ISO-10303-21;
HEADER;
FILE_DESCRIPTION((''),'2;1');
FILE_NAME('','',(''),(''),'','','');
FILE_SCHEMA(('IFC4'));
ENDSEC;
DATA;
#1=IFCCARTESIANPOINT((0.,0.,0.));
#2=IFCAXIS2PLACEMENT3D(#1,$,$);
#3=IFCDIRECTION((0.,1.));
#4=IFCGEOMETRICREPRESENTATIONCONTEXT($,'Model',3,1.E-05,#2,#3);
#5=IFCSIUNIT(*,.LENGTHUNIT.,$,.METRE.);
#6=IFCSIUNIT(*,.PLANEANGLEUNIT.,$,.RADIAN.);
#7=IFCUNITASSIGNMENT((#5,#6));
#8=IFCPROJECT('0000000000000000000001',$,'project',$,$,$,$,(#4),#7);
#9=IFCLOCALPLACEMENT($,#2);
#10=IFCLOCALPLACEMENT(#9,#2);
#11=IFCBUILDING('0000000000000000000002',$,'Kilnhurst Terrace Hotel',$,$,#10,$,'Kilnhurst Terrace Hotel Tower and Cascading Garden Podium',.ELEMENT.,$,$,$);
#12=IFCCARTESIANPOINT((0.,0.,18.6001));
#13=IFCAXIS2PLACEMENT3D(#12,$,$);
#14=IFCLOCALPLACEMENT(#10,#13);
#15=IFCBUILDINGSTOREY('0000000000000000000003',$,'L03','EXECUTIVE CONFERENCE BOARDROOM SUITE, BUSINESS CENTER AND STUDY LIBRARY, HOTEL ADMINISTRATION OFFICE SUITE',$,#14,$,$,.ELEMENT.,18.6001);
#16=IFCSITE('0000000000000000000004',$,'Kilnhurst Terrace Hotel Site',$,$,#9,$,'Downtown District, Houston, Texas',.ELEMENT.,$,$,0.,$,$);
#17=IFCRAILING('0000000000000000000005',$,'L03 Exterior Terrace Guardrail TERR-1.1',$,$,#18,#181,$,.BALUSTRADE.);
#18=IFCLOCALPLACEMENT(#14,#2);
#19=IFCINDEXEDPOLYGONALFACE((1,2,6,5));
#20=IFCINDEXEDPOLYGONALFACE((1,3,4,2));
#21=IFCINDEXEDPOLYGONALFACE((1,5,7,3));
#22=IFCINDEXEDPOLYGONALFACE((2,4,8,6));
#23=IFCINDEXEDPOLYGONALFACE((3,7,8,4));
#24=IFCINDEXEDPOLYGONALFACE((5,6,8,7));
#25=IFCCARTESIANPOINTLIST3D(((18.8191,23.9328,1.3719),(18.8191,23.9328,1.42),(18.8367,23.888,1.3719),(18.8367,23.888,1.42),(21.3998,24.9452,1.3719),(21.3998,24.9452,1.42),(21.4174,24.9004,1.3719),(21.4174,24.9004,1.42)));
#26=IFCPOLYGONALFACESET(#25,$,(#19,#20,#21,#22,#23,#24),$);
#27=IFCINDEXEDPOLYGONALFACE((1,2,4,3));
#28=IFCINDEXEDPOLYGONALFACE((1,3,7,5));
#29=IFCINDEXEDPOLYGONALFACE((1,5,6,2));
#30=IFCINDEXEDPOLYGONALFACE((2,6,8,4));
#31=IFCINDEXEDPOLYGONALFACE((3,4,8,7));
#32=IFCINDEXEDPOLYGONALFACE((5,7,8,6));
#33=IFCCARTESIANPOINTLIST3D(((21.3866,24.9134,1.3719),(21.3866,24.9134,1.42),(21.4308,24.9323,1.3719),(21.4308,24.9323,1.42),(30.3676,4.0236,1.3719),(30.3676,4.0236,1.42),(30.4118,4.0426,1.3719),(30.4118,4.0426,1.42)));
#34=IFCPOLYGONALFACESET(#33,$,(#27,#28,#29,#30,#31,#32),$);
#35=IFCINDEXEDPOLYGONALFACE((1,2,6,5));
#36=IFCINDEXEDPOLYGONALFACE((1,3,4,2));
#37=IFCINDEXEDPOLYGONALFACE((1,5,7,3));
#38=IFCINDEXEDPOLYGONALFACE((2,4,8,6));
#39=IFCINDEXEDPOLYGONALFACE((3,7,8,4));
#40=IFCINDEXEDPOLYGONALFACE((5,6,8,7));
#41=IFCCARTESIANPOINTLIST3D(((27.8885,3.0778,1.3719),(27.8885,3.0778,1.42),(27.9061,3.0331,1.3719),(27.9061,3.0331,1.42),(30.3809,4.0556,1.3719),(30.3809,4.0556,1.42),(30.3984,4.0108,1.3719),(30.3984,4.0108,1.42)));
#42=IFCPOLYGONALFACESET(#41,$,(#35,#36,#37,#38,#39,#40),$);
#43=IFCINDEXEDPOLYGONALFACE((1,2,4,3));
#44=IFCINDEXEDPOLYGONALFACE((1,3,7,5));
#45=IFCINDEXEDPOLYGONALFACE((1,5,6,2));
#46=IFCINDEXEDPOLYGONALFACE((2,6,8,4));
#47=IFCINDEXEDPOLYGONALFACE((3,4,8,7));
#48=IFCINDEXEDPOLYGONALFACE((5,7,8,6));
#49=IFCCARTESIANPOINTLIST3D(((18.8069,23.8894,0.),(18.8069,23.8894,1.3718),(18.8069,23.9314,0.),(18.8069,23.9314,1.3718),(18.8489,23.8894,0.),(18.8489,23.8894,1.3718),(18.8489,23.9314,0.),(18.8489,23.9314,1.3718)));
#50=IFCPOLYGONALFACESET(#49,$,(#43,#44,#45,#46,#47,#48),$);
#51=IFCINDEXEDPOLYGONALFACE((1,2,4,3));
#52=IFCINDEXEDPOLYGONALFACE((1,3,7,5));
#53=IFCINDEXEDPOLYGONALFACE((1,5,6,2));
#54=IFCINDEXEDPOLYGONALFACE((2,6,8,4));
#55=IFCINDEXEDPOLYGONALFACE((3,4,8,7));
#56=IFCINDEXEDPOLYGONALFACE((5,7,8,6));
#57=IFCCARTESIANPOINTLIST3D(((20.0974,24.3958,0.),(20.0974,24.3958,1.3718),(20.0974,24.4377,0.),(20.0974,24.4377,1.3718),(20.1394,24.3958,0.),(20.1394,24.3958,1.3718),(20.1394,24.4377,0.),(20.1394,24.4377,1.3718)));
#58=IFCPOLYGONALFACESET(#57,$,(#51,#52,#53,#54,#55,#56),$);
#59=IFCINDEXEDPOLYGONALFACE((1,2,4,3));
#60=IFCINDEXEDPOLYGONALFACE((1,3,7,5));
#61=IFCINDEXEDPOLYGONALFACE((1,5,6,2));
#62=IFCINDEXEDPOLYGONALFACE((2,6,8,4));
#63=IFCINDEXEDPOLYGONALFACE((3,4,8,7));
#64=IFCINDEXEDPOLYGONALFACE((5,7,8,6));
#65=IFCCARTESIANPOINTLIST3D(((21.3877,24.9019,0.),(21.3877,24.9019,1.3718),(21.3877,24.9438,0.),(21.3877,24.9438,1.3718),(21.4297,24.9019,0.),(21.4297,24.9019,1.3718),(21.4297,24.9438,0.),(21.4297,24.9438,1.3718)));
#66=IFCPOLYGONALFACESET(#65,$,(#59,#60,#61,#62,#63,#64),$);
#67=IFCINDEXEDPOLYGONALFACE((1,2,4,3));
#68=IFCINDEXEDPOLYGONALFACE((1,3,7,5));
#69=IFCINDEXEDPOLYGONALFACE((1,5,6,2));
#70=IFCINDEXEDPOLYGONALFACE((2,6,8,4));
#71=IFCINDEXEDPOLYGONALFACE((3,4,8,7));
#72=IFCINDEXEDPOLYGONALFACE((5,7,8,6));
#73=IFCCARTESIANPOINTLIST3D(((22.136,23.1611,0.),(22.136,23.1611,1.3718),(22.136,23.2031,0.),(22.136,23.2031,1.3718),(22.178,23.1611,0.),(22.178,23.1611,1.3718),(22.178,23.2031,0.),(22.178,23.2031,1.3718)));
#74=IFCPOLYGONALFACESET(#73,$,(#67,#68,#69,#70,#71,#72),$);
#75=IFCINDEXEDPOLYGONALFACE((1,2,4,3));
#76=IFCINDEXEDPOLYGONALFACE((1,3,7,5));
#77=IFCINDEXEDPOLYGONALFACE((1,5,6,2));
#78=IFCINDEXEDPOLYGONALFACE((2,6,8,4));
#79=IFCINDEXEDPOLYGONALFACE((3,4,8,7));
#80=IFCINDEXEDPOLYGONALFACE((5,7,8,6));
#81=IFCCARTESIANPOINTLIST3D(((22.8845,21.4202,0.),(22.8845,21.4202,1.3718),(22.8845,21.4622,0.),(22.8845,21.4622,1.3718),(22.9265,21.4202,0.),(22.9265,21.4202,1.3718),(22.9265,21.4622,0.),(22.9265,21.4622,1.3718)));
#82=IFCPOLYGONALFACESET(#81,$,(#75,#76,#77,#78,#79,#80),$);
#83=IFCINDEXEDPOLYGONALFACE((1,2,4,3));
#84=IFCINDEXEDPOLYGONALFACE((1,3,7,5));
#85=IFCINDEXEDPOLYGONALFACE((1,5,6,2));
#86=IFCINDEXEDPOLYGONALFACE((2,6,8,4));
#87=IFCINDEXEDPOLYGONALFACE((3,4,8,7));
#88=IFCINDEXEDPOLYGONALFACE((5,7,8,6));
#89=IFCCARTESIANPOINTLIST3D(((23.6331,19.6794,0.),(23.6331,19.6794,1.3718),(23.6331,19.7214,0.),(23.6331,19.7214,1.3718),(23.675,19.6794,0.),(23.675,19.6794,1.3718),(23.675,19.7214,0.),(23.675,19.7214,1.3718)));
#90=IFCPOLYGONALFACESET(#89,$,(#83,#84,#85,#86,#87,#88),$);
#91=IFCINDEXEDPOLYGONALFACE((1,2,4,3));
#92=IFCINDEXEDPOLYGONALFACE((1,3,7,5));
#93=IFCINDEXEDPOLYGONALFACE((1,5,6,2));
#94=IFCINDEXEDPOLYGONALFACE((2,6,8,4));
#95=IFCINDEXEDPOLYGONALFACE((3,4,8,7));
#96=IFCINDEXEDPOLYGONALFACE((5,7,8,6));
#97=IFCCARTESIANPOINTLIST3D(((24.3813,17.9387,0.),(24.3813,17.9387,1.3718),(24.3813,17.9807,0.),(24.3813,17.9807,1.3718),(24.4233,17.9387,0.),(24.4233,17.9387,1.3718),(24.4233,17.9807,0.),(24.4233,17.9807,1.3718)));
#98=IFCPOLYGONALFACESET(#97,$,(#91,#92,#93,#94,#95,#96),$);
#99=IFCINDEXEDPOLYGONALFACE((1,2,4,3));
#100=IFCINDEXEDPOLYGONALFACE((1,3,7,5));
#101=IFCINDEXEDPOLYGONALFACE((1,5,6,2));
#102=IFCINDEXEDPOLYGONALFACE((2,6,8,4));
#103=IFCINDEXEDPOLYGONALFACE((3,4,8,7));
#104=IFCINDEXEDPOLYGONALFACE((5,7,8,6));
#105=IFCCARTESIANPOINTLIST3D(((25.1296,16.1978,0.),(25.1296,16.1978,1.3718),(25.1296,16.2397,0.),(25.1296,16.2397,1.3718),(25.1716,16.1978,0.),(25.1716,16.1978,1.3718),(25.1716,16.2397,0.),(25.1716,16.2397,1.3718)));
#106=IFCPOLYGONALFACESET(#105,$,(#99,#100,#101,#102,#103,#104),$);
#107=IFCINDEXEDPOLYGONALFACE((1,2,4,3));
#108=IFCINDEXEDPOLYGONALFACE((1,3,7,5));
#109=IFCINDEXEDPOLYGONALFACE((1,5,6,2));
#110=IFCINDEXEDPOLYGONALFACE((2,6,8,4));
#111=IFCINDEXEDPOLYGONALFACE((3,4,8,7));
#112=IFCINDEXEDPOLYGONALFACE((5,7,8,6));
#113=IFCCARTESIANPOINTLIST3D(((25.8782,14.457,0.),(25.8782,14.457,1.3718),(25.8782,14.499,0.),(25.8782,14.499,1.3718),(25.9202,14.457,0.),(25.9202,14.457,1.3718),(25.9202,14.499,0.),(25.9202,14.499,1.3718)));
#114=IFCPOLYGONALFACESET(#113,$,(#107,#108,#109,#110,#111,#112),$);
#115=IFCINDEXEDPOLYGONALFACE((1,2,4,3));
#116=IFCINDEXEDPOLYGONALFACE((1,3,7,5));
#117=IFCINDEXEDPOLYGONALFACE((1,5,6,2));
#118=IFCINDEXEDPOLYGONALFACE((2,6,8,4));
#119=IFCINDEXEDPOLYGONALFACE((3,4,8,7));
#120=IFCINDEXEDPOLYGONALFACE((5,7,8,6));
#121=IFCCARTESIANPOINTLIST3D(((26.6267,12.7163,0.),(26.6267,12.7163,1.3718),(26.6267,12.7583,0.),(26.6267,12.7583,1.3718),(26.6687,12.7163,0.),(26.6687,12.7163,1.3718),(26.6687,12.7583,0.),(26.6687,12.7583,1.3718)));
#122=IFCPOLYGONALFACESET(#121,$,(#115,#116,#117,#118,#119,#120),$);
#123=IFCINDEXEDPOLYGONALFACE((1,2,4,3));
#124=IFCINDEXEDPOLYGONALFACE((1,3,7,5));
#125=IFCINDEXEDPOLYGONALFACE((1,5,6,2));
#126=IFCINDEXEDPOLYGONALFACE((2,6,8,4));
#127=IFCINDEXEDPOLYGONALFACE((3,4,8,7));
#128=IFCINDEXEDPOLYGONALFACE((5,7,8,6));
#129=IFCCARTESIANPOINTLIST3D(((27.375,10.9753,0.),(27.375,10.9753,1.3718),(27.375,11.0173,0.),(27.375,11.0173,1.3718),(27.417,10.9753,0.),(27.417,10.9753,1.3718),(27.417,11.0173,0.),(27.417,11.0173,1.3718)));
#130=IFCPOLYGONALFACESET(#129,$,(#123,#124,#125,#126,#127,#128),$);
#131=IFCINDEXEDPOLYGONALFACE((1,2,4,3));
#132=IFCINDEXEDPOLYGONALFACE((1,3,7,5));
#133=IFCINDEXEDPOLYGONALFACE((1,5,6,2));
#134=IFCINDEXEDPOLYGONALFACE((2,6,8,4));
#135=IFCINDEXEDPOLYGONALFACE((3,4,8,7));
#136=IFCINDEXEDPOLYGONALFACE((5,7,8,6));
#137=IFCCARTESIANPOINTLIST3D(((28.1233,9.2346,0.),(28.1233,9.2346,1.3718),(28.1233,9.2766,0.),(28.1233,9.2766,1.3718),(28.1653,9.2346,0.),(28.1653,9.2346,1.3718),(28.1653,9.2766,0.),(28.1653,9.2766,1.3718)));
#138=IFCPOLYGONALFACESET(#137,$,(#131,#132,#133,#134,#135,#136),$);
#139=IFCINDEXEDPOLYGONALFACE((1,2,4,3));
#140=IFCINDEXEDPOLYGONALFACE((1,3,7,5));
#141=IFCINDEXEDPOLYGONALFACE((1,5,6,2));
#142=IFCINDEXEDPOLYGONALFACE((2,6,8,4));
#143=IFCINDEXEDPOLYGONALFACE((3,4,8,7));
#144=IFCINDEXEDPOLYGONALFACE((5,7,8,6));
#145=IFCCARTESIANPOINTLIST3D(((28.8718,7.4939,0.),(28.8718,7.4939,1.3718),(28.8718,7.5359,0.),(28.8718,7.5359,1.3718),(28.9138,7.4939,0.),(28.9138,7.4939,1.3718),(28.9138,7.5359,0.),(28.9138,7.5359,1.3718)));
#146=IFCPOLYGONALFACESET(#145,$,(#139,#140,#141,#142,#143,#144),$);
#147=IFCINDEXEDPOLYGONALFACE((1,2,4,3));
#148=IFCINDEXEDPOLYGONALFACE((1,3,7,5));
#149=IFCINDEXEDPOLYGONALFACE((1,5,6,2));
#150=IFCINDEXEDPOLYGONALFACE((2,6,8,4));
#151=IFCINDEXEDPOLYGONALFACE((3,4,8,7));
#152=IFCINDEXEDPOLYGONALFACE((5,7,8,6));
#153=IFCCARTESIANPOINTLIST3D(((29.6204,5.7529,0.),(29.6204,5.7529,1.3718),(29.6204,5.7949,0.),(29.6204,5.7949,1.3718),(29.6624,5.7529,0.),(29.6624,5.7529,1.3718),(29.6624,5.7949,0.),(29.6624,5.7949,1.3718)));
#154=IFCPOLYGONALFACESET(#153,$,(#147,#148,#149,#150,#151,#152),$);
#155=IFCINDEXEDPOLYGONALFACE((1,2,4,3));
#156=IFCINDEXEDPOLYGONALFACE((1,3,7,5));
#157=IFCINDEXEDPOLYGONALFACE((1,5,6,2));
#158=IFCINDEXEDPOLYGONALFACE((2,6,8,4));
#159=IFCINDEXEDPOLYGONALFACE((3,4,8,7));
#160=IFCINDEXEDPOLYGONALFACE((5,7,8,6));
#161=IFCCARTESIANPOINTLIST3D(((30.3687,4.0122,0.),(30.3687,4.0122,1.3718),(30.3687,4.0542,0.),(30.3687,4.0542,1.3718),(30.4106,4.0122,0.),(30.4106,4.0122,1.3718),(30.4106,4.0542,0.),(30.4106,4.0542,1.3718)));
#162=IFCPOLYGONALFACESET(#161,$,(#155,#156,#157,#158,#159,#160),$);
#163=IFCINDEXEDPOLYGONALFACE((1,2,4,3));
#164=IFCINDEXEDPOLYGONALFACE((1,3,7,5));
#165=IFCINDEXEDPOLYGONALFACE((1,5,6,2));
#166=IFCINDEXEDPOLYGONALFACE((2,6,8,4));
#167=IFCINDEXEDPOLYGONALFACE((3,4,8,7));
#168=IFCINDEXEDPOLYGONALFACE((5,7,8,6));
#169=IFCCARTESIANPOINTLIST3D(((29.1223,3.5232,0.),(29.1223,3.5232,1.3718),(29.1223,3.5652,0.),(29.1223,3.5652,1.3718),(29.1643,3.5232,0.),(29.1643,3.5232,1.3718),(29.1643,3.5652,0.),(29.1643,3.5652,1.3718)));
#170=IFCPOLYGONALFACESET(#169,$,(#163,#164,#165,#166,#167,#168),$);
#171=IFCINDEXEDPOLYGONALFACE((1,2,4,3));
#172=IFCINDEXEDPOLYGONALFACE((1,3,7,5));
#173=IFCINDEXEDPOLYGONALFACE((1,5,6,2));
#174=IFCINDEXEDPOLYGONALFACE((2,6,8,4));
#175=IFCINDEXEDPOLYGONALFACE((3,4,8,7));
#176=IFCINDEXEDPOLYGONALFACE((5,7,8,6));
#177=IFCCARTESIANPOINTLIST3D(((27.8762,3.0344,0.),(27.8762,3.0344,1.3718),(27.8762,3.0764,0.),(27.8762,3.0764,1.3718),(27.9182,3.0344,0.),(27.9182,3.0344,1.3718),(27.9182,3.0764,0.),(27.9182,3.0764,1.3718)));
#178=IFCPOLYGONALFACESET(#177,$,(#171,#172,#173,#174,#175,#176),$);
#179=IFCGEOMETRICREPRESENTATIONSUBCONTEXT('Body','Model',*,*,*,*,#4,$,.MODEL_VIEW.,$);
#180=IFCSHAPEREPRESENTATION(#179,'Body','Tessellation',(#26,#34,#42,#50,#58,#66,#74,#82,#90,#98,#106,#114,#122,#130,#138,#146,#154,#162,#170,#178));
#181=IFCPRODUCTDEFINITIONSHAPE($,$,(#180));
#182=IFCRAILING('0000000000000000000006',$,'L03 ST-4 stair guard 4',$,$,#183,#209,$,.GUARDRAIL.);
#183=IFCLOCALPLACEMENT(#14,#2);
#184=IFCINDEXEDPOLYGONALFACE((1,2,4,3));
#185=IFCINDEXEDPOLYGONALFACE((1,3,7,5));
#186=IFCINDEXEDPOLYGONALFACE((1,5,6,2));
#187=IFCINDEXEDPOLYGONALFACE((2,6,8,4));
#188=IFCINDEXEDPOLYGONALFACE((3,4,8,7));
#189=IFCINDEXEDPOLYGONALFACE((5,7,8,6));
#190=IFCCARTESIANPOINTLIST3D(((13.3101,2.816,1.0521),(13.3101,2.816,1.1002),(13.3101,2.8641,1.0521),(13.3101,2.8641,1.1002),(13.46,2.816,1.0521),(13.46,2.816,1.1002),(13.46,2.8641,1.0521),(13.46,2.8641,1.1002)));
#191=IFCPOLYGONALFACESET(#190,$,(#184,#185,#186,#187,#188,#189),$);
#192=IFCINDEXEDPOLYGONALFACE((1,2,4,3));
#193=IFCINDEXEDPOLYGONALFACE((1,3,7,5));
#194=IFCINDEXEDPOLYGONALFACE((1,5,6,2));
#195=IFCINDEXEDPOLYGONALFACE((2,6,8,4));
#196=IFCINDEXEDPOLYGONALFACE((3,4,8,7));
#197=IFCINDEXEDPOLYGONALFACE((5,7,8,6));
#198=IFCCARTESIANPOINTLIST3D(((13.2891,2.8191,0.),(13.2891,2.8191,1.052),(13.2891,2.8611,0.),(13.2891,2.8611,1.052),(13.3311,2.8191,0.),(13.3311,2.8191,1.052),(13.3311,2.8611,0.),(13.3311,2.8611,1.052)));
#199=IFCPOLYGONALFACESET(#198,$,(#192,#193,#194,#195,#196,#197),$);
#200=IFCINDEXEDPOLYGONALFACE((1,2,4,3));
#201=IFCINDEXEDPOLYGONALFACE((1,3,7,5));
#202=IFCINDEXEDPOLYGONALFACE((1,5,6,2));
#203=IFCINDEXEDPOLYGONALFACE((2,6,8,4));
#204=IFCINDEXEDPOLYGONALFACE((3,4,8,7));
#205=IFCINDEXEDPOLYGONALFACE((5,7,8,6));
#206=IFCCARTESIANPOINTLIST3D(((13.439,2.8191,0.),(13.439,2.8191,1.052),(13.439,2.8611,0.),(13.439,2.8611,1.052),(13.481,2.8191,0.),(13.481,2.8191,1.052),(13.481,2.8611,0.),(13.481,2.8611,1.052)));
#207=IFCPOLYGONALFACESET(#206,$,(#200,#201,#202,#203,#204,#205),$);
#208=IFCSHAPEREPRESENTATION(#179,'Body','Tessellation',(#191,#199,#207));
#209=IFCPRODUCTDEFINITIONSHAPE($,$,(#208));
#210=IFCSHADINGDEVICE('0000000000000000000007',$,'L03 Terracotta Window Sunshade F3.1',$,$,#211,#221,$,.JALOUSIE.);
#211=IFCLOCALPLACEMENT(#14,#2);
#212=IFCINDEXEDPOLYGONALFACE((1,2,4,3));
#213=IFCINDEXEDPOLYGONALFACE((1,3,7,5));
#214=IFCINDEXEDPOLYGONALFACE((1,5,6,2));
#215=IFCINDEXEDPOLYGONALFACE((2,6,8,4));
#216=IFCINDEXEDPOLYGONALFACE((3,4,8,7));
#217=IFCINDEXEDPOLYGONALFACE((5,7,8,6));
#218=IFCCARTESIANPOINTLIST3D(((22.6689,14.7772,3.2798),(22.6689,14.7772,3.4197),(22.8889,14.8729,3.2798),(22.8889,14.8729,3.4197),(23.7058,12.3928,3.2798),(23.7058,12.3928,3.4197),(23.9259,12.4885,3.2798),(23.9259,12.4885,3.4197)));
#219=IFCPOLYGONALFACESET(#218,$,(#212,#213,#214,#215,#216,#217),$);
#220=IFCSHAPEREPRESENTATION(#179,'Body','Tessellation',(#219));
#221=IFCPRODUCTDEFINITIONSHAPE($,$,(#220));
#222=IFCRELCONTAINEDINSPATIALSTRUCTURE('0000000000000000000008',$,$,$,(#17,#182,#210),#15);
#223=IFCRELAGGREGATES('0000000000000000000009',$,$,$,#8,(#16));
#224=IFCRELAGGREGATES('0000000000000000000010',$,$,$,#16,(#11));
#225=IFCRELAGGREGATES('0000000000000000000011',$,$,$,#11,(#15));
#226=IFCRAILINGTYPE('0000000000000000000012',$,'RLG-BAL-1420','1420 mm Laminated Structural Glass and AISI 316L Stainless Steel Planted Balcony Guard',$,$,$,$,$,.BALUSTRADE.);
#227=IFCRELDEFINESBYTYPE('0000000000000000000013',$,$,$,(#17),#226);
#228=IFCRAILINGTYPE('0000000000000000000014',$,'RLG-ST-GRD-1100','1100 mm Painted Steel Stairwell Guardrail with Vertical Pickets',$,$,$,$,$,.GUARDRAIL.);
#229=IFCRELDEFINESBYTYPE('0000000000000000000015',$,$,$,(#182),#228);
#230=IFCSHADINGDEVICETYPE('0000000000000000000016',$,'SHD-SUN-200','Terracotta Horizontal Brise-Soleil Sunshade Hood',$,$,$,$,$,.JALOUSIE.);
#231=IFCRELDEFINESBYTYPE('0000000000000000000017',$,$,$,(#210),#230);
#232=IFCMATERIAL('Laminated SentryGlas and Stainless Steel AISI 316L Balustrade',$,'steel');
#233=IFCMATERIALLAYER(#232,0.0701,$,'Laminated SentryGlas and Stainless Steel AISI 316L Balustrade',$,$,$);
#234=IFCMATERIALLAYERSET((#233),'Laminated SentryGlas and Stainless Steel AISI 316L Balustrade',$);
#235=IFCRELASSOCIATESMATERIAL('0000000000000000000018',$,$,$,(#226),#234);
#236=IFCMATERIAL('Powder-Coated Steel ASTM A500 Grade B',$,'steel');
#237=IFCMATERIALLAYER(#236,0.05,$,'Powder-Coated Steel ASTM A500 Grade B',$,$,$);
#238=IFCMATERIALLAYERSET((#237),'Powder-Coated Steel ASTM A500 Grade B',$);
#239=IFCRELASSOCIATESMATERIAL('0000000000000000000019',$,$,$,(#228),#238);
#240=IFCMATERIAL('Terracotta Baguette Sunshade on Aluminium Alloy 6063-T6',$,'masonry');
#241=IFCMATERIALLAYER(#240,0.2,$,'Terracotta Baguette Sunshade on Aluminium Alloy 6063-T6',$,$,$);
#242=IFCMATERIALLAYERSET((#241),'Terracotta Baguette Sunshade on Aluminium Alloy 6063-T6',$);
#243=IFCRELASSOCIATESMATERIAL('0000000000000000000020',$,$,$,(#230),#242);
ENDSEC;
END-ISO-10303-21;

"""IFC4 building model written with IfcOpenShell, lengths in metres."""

from ifc_helpers import new_model, si_unit, direction, frame, origin, origin_2d, place, context, subcontext, project, spatial, rectangle, extrude, material, layer, layer_set, type_object, element, save


model = new_model("IFC4")

# Units and contexts
model_context = context("Model", 3, precision=1e-05, world=origin(), true_north=direction((0.0, 1.0)))
body_context = subcontext(model_context, "Body", "Model", "MODEL_VIEW")
ifc_project = project(units=[si_unit("LENGTHUNIT", "METRE"), si_unit("PLANEANGLEUNIT", "RADIAN")], contexts=[model_context])

# Site, building, storey
site_placement = place(None, origin())
site = spatial("IfcSite", under=ifc_project, at=site_placement, Name="Kilnhurst Terrace Hotel Site", LongName="Downtown District, Houston, Texas", CompositionType="ELEMENT", RefElevation=0.0)
building_placement = place(site_placement, origin())
building = spatial("IfcBuilding", under=site, at=building_placement, Name="Kilnhurst Terrace Hotel", LongName="Kilnhurst Terrace Hotel Tower and Cascading Garden Podium", CompositionType="ELEMENT")
storey_placement = place(building_placement, frame((0.0, 0.0, 18.6001)))
storey = spatial("IfcBuildingStorey", under=building, at=storey_placement, Name="L03", Description="EXECUTIVE CONFERENCE BOARDROOM SUITE, BUSINESS CENTER AND STUDY LIBRARY, HOTEL ADMINISTRATION OFFICE SUITE", CompositionType="ELEMENT", Elevation=18.6001)

# Railings
ifc_material_1 = material(Name="Laminated SentryGlas and Stainless Steel AISI 316L Balustrade", Category="steel")
ifc_layer_1 = layer(ifc_material_1, 0.0701, Name="Laminated SentryGlas and Stainless Steel AISI 316L Balustrade")
ifc_layer_set_1 = layer_set([ifc_layer_1], Name="Laminated SentryGlas and Stainless Steel AISI 316L Balustrade")
railing_type_1 = type_object("IfcRailingType", Name="RLG-BAL-1420", Description="1420 mm Laminated Structural Glass and AISI 316L Stainless Steel Planted Balcony Guard", PredefinedType="BALUSTRADE", material=ifc_layer_set_1)
railing_1_placement = place(storey_placement, frame((18.8279, 23.9104, 0.0)))
element("IfcRailing", 1, at=railing_1_placement, inside=storey, type_object=railing_type_1, Name="L03 Exterior Terrace Guardrail TERR-1.1", PredefinedType="BALUSTRADE", context=body_context, shape_type="SweptSolid", body=[
    extrude(rectangle(XDim=0.0481, YDim=0.0481, at=origin_2d()), frame((0.0, 0.0, 1.396), z_axis=(0.930928, 0.365203, 0.0), x_axis=(-0.365203, 0.930928, 0.0)), (0.0, 0.0, 1.0), 2.7722),
    extrude(rectangle(XDim=0.0481, YDim=0.0481, at=origin_2d()), frame((2.5808, 1.0125, 1.396), z_axis=(0.394969, -0.918695, 0.0), x_axis=(0.918695, 0.394969, 0.0)), (0.0, 0.0, 1.0), 22.7385),
    extrude(rectangle(XDim=0.0481, YDim=0.0481, at=origin_2d()), frame((11.5618, -19.8772, 1.396), z_axis=(-0.930928, -0.365204, 0.0), x_axis=(0.365204, -0.930928, 0.0)), (0.0, 0.0, 1.0), 2.6772),
    extrude(rectangle(XDim=0.042, YDim=0.042, at=origin_2d()), origin(), (0.0, 0.0, 1.0), 1.3718),
    extrude(rectangle(XDim=0.042, YDim=0.042, at=origin_2d()), frame((1.2905, 0.5063, 0.0)), (0.0, 0.0, 1.0), 1.3718),
    extrude(rectangle(XDim=0.042, YDim=0.042, at=origin_2d()), frame((2.5808, 1.0125, 0.0)), (0.0, 0.0, 1.0), 1.3718),
    extrude(rectangle(XDim=0.042, YDim=0.042, at=origin_2d()), frame((3.3291, -0.7283, 0.0)), (0.0, 0.0, 1.0), 1.3718),
    extrude(rectangle(XDim=0.042, YDim=0.042, at=origin_2d()), frame((4.0776, -2.4692, 0.0)), (0.0, 0.0, 1.0), 1.3718),
    extrude(rectangle(XDim=0.042, YDim=0.042, at=origin_2d()), frame((4.8262, -4.21, 0.0)), (0.0, 0.0, 1.0), 1.3718),
    extrude(rectangle(XDim=0.042, YDim=0.042, at=origin_2d()), frame((5.5745, -5.9507, 0.0)), (0.0, 0.0, 1.0), 1.3718),
    extrude(rectangle(XDim=0.042, YDim=0.042, at=origin_2d()), frame((6.3228, -7.6917, 0.0)), (0.0, 0.0, 1.0), 1.3718),
    extrude(rectangle(XDim=0.042, YDim=0.042, at=origin_2d()), frame((7.0713, -9.4324, 0.0)), (0.0, 0.0, 1.0), 1.3718),
    extrude(rectangle(XDim=0.042, YDim=0.042, at=origin_2d()), frame((7.8198, -11.1731, 0.0)), (0.0, 0.0, 1.0), 1.3718),
    extrude(rectangle(XDim=0.042, YDim=0.042, at=origin_2d()), frame((8.5681, -12.9141, 0.0)), (0.0, 0.0, 1.0), 1.3718),
    extrude(rectangle(XDim=0.042, YDim=0.042, at=origin_2d()), frame((9.3164, -14.6548, 0.0)), (0.0, 0.0, 1.0), 1.3718),
    extrude(rectangle(XDim=0.042, YDim=0.042, at=origin_2d()), frame((10.0649, -16.3955, 0.0)), (0.0, 0.0, 1.0), 1.3718),
    extrude(rectangle(XDim=0.042, YDim=0.042, at=origin_2d()), frame((10.8135, -18.1365, 0.0)), (0.0, 0.0, 1.0), 1.3718),
    extrude(rectangle(XDim=0.042, YDim=0.042, at=origin_2d()), frame((11.5618, -19.8772, 0.0)), (0.0, 0.0, 1.0), 1.3718),
    extrude(rectangle(XDim=0.042, YDim=0.042, at=origin_2d()), frame((10.3154, -20.3662, 0.0)), (0.0, 0.0, 1.0), 1.3718),
    extrude(rectangle(XDim=0.042, YDim=0.042, at=origin_2d()), frame((9.0693, -20.855, 0.0)), (0.0, 0.0, 1.0), 1.3718),
])
ifc_material_2 = material(Name="Powder-Coated Steel ASTM A500 Grade B", Category="steel")
ifc_layer_2 = layer(ifc_material_2, 0.05, Name="Powder-Coated Steel ASTM A500 Grade B")
ifc_layer_set_2 = layer_set([ifc_layer_2], Name="Powder-Coated Steel ASTM A500 Grade B")
railing_type_2 = type_object("IfcRailingType", Name="RLG-ST-GRD-1100", Description="1100 mm Painted Steel Stairwell Guardrail with Vertical Pickets", PredefinedType="GUARDRAIL", material=ifc_layer_set_2)
railing_2_placement = place(storey_placement, frame((13.3101, 2.8401, 0.0)))
element("IfcRailing", 2, at=railing_2_placement, inside=storey, type_object=railing_type_2, Name="L03 ST-4 stair guard 4", PredefinedType="GUARDRAIL", context=body_context, shape_type="SweptSolid", body=[
    extrude(rectangle(XDim=0.0481, YDim=0.0481, at=origin_2d()), frame((0.0, 0.0, 1.0762), z_axis=(1.0, 0.0, 0.0), x_axis=(0.0, 1.0, 0.0)), (0.0, 0.0, 1.0), 0.1499),
    extrude(rectangle(XDim=0.042, YDim=0.042, at=origin_2d()), origin(), (0.0, 0.0, 1.0), 1.052),
    extrude(rectangle(XDim=0.042, YDim=0.042, at=origin_2d()), frame((0.1499, 0.0, 0.0)), (0.0, 0.0, 1.0), 1.052),
])

# Shading device
ifc_material_3 = material(Name="Terracotta Baguette Sunshade on Aluminium Alloy 6063-T6", Category="masonry")
ifc_layer_3 = layer(ifc_material_3, 0.2, Name="Terracotta Baguette Sunshade on Aluminium Alloy 6063-T6")
ifc_layer_set_3 = layer_set([ifc_layer_3], Name="Terracotta Baguette Sunshade on Aluminium Alloy 6063-T6")
shading_device_type = type_object("IfcShadingDeviceType", Name="SHD-SUN-200", Description="Terracotta Horizontal Brise-Soleil Sunshade Hood", PredefinedType="JALOUSIE", material=ifc_layer_set_3)
shading_device_placement = place(storey_placement, frame((23.2974, 13.6328, 3.2798), z_axis=(0.0, 0.0, 1.0), x_axis=(-0.398797, 0.917039, 0.0)))
element("IfcShadingDevice", 3, at=shading_device_placement, inside=storey, type_object=shading_device_type, Name="L03 Terracotta Window Sunshade F3.1", PredefinedType="JALOUSIE", context=body_context, shape_type="SweptSolid", body=[
    extrude(rectangle(XDim=2.6001, YDim=0.24, at=origin_2d()), origin(), (0.0, 0.0, 1.0), 0.1399),
])

save(model, "model.ifc")
